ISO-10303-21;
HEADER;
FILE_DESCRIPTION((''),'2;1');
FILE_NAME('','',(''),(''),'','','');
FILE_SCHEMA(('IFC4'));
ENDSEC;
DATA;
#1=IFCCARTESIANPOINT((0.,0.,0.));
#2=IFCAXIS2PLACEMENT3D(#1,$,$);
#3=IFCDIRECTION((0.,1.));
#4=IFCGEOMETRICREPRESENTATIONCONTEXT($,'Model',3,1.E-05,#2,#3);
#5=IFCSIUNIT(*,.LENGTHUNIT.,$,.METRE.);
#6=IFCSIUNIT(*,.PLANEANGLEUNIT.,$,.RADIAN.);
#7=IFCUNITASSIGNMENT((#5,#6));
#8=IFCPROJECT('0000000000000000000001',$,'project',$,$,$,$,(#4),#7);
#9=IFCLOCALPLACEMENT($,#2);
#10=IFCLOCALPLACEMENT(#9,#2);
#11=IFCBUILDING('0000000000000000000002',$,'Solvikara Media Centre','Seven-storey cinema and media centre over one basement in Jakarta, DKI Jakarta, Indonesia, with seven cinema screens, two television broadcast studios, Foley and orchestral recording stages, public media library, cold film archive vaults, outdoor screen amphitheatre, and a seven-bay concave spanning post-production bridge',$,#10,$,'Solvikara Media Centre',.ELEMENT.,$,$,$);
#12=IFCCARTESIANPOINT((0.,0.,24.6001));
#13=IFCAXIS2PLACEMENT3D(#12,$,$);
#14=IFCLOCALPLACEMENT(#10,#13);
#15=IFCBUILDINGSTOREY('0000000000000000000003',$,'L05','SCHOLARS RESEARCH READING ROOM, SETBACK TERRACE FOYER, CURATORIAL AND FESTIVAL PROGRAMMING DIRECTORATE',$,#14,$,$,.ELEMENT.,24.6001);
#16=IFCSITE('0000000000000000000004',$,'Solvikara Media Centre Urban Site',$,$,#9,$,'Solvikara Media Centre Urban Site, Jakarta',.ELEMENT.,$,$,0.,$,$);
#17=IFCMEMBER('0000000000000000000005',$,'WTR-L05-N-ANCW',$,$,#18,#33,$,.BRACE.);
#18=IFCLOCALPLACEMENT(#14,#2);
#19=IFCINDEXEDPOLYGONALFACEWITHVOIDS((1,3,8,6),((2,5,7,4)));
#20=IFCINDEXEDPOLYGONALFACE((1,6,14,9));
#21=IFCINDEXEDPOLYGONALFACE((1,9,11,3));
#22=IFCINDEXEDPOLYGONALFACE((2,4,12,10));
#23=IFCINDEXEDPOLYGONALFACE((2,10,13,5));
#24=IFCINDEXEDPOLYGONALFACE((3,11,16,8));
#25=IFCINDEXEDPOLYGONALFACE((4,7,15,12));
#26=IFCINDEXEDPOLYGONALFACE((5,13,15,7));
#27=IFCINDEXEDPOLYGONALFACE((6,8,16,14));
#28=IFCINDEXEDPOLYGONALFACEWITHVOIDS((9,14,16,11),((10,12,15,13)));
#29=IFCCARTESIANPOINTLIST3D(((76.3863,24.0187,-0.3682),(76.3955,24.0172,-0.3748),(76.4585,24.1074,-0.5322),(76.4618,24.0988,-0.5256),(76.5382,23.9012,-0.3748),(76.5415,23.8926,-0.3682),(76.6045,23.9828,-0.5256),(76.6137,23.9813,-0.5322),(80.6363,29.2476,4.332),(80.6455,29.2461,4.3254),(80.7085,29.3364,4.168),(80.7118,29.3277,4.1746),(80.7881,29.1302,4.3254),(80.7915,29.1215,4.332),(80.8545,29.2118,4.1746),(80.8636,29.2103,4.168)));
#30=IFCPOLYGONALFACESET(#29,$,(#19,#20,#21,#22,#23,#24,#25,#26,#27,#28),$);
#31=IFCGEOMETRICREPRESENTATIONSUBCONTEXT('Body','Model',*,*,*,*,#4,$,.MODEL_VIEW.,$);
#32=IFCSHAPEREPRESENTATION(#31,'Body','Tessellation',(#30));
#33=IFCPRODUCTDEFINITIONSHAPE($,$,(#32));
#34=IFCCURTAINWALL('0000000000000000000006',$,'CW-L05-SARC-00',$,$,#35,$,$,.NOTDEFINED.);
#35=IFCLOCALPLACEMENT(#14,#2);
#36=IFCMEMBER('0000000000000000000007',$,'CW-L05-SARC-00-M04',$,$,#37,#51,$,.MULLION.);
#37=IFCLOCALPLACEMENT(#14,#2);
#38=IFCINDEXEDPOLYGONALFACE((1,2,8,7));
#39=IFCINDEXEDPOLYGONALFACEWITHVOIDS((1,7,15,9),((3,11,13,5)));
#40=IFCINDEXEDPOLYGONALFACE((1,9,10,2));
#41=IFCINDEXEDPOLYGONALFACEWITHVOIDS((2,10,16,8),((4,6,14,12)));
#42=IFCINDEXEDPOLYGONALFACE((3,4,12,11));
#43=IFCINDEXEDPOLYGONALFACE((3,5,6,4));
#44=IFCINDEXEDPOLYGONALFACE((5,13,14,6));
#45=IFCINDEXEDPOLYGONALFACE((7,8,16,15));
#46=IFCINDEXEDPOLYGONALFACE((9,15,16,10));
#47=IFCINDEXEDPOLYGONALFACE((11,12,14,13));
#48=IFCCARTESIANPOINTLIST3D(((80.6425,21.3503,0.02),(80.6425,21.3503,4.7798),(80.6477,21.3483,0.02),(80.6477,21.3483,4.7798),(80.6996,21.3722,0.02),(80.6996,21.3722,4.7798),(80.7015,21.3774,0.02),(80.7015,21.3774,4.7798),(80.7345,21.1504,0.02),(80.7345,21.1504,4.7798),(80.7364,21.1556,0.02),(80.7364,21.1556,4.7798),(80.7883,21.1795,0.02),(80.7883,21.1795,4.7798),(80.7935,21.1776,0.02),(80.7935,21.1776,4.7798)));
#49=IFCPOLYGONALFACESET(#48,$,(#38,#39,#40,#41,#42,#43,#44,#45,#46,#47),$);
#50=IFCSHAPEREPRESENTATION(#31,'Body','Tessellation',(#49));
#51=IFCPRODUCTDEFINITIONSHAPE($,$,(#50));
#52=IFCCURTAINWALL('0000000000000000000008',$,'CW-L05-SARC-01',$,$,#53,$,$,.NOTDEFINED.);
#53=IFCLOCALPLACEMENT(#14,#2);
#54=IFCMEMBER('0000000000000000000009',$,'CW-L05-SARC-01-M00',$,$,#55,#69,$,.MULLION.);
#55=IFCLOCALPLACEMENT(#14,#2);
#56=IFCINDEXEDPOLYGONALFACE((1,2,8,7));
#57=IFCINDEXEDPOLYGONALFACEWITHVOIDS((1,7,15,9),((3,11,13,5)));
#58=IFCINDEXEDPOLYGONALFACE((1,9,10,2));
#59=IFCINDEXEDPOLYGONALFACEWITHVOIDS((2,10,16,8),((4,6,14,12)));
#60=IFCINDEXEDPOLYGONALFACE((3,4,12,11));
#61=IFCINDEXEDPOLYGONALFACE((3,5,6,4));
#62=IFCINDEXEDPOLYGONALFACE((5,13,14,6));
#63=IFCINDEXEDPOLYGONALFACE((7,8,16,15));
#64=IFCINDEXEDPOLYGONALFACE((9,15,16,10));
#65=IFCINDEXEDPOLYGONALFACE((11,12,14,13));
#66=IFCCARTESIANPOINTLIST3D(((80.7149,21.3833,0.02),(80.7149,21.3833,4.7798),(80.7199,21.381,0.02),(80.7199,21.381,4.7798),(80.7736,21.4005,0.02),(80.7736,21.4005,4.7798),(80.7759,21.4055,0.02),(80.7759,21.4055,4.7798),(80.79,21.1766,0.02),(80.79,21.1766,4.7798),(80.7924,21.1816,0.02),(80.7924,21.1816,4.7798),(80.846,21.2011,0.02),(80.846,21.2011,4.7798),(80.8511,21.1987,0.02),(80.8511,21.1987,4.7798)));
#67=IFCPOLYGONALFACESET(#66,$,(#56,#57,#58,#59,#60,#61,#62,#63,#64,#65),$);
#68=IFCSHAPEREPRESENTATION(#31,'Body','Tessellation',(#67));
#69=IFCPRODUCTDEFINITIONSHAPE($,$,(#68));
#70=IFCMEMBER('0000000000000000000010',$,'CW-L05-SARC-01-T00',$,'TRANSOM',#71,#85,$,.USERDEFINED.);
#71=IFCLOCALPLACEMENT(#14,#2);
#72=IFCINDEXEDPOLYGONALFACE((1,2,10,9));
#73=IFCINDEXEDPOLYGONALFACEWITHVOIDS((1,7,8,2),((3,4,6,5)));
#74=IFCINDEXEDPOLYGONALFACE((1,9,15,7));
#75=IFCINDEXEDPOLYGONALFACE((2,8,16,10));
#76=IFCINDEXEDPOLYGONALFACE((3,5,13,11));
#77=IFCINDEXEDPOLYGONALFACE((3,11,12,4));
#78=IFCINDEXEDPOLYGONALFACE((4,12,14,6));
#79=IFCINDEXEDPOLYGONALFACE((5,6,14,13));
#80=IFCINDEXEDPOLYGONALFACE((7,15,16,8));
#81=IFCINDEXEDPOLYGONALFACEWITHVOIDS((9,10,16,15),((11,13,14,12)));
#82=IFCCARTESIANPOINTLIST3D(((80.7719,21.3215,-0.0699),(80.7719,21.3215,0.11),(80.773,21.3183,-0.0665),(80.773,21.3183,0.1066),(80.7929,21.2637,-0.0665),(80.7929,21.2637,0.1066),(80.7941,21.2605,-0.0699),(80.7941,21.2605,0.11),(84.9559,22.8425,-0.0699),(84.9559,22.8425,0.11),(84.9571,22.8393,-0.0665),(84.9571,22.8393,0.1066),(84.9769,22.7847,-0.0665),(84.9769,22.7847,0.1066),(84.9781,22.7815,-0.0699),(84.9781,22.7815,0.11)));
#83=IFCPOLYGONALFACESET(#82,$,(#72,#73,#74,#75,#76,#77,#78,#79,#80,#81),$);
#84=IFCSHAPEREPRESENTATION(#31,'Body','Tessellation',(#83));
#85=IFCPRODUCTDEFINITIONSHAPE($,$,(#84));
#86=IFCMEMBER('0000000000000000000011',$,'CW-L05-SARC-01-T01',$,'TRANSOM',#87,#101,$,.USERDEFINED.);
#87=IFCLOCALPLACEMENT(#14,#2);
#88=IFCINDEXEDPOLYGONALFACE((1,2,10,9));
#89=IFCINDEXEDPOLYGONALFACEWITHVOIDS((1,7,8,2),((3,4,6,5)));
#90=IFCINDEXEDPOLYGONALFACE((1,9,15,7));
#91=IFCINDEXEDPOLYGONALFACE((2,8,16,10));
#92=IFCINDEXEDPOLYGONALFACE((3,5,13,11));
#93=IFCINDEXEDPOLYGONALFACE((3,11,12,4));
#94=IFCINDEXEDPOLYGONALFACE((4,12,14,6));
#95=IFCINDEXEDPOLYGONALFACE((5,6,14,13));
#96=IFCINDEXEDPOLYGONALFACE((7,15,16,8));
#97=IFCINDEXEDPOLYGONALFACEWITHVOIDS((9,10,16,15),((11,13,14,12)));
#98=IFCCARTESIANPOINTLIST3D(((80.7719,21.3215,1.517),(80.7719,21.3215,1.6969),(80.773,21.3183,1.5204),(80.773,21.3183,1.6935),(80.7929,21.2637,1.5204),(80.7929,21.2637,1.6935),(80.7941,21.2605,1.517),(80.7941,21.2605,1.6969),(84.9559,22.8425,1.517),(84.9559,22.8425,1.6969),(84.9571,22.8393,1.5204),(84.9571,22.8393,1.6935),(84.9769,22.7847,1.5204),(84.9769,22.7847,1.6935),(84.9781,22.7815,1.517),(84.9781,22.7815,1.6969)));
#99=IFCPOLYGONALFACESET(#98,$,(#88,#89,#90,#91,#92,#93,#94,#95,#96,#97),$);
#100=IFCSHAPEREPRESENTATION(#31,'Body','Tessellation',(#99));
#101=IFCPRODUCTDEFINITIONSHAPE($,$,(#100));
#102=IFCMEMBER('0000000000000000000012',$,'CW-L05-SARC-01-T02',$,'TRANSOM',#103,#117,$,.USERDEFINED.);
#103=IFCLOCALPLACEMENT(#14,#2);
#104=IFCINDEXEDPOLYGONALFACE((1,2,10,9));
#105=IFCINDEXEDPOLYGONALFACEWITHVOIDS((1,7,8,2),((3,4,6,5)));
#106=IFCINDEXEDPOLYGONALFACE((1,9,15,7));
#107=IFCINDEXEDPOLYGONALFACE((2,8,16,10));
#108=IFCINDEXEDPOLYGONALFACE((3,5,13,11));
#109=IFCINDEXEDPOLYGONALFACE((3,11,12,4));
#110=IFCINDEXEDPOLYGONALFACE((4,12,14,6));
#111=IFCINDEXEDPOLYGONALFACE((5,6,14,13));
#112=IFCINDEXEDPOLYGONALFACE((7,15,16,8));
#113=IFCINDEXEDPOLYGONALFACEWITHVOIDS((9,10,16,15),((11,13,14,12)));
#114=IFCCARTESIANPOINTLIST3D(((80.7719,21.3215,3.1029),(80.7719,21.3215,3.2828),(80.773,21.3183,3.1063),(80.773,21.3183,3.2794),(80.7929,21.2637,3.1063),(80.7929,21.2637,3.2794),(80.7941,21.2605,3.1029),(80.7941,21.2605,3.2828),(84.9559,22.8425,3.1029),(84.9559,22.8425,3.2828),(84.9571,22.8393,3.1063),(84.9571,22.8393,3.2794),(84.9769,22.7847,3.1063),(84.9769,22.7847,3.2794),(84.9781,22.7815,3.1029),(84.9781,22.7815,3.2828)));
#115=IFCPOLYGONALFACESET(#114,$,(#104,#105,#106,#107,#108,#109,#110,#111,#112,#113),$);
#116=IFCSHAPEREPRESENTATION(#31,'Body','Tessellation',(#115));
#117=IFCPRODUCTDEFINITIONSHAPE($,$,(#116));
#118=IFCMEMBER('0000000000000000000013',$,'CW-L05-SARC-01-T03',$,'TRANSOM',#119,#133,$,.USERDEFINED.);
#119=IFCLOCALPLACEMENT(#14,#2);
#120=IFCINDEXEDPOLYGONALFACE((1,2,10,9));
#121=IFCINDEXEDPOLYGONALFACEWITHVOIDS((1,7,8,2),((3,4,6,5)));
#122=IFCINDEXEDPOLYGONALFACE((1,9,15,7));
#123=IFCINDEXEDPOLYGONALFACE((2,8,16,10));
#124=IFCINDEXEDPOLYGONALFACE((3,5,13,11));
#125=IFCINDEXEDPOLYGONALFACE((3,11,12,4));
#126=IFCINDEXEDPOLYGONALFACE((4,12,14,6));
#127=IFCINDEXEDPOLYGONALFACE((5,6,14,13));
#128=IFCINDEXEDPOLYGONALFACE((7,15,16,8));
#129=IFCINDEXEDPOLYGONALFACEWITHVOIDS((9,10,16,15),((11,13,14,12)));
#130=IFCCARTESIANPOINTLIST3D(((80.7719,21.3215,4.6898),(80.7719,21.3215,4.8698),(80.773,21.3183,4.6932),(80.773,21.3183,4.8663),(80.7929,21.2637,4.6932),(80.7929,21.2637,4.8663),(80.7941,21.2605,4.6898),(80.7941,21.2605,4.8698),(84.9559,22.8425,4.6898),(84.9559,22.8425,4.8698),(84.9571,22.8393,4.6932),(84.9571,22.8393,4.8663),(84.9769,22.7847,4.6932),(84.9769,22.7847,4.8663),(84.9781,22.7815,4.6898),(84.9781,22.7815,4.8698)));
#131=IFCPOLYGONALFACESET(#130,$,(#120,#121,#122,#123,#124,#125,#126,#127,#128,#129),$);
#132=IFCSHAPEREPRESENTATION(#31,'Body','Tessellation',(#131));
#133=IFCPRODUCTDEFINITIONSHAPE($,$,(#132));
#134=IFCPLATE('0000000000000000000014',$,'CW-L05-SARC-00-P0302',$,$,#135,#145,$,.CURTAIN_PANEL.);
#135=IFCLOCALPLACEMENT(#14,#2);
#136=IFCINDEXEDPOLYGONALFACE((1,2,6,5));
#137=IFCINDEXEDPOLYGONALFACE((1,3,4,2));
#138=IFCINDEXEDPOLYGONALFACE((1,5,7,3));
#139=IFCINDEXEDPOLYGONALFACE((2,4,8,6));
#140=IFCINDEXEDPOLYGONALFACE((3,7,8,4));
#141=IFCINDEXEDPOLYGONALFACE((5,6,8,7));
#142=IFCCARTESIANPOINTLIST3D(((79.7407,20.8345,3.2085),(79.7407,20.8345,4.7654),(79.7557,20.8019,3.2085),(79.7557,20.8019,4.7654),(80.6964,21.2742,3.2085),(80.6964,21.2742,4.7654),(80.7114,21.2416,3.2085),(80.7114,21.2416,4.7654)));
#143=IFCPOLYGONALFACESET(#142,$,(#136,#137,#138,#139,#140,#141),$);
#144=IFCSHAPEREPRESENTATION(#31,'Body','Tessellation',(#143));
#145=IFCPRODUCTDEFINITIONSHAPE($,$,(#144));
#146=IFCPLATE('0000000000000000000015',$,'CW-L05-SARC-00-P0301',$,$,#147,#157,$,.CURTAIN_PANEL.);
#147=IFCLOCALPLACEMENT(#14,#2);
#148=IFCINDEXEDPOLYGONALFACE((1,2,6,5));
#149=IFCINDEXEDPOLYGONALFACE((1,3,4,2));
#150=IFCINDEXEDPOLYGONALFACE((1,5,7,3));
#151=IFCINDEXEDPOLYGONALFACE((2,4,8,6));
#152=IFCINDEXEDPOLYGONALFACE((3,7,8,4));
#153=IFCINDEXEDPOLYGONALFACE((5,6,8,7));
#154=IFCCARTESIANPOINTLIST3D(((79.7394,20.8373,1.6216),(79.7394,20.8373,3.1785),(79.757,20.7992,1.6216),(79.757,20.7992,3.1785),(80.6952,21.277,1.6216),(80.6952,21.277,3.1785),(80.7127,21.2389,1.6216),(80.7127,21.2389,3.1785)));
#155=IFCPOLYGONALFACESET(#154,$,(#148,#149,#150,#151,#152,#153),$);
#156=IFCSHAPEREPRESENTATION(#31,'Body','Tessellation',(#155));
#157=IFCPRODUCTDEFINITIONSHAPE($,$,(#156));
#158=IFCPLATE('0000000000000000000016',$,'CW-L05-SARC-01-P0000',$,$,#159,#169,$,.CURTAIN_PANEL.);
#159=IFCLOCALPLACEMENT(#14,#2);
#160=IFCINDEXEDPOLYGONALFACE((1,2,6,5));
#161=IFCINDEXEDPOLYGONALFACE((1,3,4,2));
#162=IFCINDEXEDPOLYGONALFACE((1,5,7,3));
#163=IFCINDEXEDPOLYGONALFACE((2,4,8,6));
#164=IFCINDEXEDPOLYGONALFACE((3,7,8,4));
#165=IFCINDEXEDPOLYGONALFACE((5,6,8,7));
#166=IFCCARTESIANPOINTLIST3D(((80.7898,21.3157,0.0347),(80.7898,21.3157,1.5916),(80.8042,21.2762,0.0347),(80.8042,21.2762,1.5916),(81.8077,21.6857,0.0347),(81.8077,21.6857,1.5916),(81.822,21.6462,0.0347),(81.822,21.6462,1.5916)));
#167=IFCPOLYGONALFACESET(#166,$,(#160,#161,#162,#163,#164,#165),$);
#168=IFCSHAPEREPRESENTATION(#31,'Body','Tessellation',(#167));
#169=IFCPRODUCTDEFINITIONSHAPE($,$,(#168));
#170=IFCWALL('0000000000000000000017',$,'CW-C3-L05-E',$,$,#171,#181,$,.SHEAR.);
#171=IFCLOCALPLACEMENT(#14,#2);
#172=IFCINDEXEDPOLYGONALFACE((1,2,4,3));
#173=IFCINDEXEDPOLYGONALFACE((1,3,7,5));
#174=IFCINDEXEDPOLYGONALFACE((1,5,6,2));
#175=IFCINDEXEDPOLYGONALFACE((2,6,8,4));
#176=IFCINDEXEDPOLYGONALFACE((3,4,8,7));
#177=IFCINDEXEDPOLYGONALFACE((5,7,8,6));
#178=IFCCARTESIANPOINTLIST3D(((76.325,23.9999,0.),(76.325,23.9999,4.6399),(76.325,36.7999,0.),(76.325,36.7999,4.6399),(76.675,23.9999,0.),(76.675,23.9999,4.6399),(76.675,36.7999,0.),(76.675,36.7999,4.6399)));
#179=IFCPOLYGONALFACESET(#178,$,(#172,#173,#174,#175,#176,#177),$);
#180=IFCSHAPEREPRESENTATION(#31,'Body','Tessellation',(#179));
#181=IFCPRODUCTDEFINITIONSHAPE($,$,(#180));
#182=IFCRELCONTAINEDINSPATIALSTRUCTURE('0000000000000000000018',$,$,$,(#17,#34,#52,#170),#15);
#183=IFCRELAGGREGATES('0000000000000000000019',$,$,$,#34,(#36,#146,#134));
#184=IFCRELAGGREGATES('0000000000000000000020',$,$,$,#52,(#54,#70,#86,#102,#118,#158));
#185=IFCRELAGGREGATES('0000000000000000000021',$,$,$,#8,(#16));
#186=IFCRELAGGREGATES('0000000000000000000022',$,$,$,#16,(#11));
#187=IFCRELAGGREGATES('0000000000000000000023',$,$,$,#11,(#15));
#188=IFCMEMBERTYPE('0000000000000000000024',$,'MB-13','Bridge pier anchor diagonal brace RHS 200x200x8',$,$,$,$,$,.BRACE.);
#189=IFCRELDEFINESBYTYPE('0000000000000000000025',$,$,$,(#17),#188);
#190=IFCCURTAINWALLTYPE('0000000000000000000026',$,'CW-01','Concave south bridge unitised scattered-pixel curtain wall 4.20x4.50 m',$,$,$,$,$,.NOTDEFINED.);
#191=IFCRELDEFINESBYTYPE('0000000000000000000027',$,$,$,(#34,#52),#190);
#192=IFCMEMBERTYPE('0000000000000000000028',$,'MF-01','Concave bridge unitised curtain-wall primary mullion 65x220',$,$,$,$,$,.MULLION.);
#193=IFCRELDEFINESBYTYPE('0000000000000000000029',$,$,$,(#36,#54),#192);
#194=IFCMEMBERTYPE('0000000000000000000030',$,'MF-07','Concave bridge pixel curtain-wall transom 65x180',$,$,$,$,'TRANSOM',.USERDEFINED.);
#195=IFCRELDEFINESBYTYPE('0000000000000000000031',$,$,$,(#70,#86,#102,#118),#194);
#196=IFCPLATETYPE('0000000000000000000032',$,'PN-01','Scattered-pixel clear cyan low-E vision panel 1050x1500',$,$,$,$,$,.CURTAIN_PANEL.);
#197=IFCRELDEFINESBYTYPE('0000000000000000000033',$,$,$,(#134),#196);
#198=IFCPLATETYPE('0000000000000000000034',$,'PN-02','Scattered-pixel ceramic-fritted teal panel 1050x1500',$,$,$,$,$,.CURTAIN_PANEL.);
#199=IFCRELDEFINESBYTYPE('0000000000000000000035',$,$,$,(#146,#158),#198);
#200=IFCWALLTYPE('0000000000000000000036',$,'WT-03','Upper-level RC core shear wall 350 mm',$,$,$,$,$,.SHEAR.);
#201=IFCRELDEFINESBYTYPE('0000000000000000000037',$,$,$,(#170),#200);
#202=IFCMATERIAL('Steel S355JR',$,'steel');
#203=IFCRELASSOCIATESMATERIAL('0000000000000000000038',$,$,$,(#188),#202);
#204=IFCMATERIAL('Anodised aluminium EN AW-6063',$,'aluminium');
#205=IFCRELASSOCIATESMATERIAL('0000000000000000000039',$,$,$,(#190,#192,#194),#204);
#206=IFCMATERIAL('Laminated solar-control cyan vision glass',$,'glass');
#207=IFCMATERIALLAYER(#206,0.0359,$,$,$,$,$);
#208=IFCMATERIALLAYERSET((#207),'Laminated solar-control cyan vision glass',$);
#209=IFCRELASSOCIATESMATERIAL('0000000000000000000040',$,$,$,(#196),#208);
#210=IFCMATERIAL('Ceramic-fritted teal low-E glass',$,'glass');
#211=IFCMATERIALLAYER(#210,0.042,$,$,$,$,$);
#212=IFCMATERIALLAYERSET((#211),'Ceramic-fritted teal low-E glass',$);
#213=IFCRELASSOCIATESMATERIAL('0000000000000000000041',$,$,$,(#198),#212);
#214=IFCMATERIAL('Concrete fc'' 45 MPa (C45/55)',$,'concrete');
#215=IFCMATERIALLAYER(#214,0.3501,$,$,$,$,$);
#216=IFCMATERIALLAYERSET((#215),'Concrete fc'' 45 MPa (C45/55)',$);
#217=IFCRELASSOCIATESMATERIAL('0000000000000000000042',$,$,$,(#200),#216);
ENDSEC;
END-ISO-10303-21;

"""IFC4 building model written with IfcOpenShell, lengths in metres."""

from ifc_helpers import new_model, si_unit, direction, frame, frame_2d, origin, origin_2d, place, context, subcontext, project, spatial, rectangle, hollow_rectangle, extrude, material, layer, layer_set, material_profile, profile_set, type_object, element, aggregate, save


model = new_model("IFC4")

# Units and contexts
model_context = context("Model", 3, precision=1e-05, world=origin(), true_north=direction((0.0, 1.0)))
body_context = subcontext(model_context, "Body", "Model", "MODEL_VIEW")
ifc_project = project(units=[si_unit("LENGTHUNIT", "METRE"), si_unit("PLANEANGLEUNIT", "RADIAN")], contexts=[model_context])

# Site, building, storey
site_placement = place(None, origin())
site = spatial("IfcSite", under=ifc_project, at=site_placement, Name="Solvikara Media Centre Urban Site", LongName="Solvikara Media Centre Urban Site, Jakarta", CompositionType="ELEMENT", RefElevation=0.0)
building_placement = place(site_placement, origin())
building = spatial("IfcBuilding", under=site, at=building_placement, Name="Solvikara Media Centre", Description="Seven-storey cinema and media centre over one basement in Jakarta, DKI Jakarta, Indonesia, with seven cinema screens, two television broadcast studios, Foley and orchestral recording stages, public media library, cold film archive vaults, outdoor screen amphitheatre, and a seven-bay concave spanning post-production bridge", LongName="Solvikara Media Centre", CompositionType="ELEMENT")
storey_placement = place(building_placement, frame((0.0, 0.0, 24.6001)))
storey = spatial("IfcBuildingStorey", under=building, at=storey_placement, Name="L05", Description="SCHOLARS RESEARCH READING ROOM, SETBACK TERRACE FOYER, CURATORIAL AND FESTIVAL PROGRAMMING DIRECTORATE", CompositionType="ELEMENT", Elevation=24.6001)

# Shared definitions
ifc_material_1 = material(Name="Steel S355JR", Category="steel")

# Member
ifc_material_profile_1 = material_profile(ifc_material_1, hollow_rectangle(XDim=0.2, YDim=0.2, WallThickness=0.0081, at=origin_2d()), Name="RHS 200x200x8")
ifc_profile_set_1 = profile_set([ifc_material_profile_1], Name="Steel S355JR")
member_type_1 = type_object("IfcMemberType", Name="MB-13", Description="Bridge pier anchor diagonal brace RHS 200x200x8", PredefinedType="BRACE", material=ifc_profile_set_1)
member_1_placement = place(storey_placement, frame((76.5, 24.0, -0.4502), z_axis=(0.517306, 0.636469, 0.572103), x_axis=(-0.77601, 0.630721, 0.0)))
element("IfcMember", 1, at=member_1_placement, inside=storey, type_object=member_type_1, Name="WTR-L05-N-ANCW", PredefinedType="BRACE", context=body_context, shape_type="SweptSolid", body=[
    extrude(hollow_rectangle(XDim=0.2, YDim=0.2, WallThickness=0.0081, at=origin_2d()), origin(), (0.0, 0.0, 1.0), 8.2156),
])

# Curtain wall, member
ifc_material_2 = material(Name="Anodised aluminium EN AW-6063", Category="aluminium")
curtain_wall_type = type_object("IfcCurtainWallType", Name="CW-01", Description="Concave south bridge unitised scattered-pixel curtain wall 4.20x4.50 m", PredefinedType="NOTDEFINED", material=ifc_material_2)
curtain_wall_1_placement = place(storey_placement, origin())
curtain_wall_1 = element("IfcCurtainWall", 2, at=curtain_wall_1_placement, inside=storey, type_object=curtain_wall_type, Name="CW-L05-SARC-00", PredefinedType="NOTDEFINED")
ifc_material_profile_2 = material_profile(ifc_material_2, hollow_rectangle(XDim=0.0649, YDim=0.22, WallThickness=0.0039, at=origin_2d()), Name="ALU-M 65x220x4")
ifc_profile_set_2 = profile_set([ifc_material_profile_2], Name="Anodised aluminium EN AW-6063")
member_type_2 = type_object("IfcMemberType", Name="MF-01", Description="Concave bridge unitised curtain-wall primary mullion 65x220", PredefinedType="MULLION", material=ifc_profile_set_2)
member_2_placement = place(storey_placement, frame((80.718, 21.2639, 0.02), z_axis=(0.0, 0.0, 1.0), x_axis=(0.908464, 0.417962, 0.0)))
member_2 = element("IfcMember", 3, at=member_2_placement, type_object=member_type_2, Name="CW-L05-SARC-00-M04", PredefinedType="MULLION", context=body_context, shape_type="SweptSolid", body=[
    extrude(hollow_rectangle(XDim=0.0649, YDim=0.22, WallThickness=0.0039, at=origin_2d()), origin(), (0.0, 0.0, 1.0), 4.7598),
])

# Curtain wall, members
curtain_wall_2_placement = place(storey_placement, origin())
curtain_wall_2 = element("IfcCurtainWall", 4, at=curtain_wall_2_placement, inside=storey, type_object=curtain_wall_type, Name="CW-L05-SARC-01", PredefinedType="NOTDEFINED")
member_3_placement = place(storey_placement, frame((80.783, 21.291, 0.02), z_axis=(0.0, 0.0, 1.0), x_axis=(0.939824, 0.341659, 0.0)))
member_3 = element("IfcMember", 5, at=member_3_placement, type_object=member_type_2, Name="CW-L05-SARC-01-M00", PredefinedType="MULLION", context=body_context, shape_type="SweptSolid", body=[
    extrude(hollow_rectangle(XDim=0.0649, YDim=0.22, WallThickness=0.0039, at=origin_2d()), origin(), (0.0, 0.0, 1.0), 4.7598),
])
ifc_material_profile_3 = material_profile(ifc_material_2, hollow_rectangle(XDim=0.0649, YDim=0.1799, WallThickness=0.0034, at=origin_2d()), Name="ALU-T 65x180x3.5")
ifc_profile_set_3 = profile_set([ifc_material_profile_3], Name="Anodised aluminium EN AW-6063")
member_type_3 = type_object("IfcMemberType", Name="MF-07", Description="Concave bridge pixel curtain-wall transom 65x180", ElementType="TRANSOM", PredefinedType="USERDEFINED", material=ifc_profile_set_3)
member_4_placement = place(storey_placement, frame((80.783, 21.291, 0.02), z_axis=(0.939829, 0.341646, 0.0), x_axis=(-0.341646, 0.939829, 0.0)))
member_4 = element("IfcMember", 6, at=member_4_placement, type_object=member_type_3, Name="CW-L05-SARC-01-T00", ObjectType="TRANSOM", PredefinedType="USERDEFINED", context=body_context, shape_type="SweptSolid", body=[
    extrude(hollow_rectangle(XDim=0.0649, YDim=0.1799, WallThickness=0.0034, at=origin_2d()), origin(), (0.0, 0.0, 1.0), 4.4519),
])
member_5_placement = place(storey_placement, frame((80.783, 21.291, 1.6069), z_axis=(0.939829, 0.341646, 0.0), x_axis=(-0.341646, 0.939829, 0.0)))
member_5 = element("IfcMember", 7, at=member_5_placement, type_object=member_type_3, Name="CW-L05-SARC-01-T01", ObjectType="TRANSOM", PredefinedType="USERDEFINED", context=body_context, shape_type="SweptSolid", body=[
    extrude(hollow_rectangle(XDim=0.0649, YDim=0.1799, WallThickness=0.0034, at=origin_2d()), origin(), (0.0, 0.0, 1.0), 4.4519),
])
member_6_placement = place(storey_placement, frame((80.783, 21.291, 3.1929), z_axis=(0.939829, 0.341646, 0.0), x_axis=(-0.341646, 0.939829, 0.0)))
member_6 = element("IfcMember", 8, at=member_6_placement, type_object=member_type_3, Name="CW-L05-SARC-01-T02", ObjectType="TRANSOM", PredefinedType="USERDEFINED", context=body_context, shape_type="SweptSolid", body=[
    extrude(hollow_rectangle(XDim=0.0649, YDim=0.1799, WallThickness=0.0034, at=origin_2d()), origin(), (0.0, 0.0, 1.0), 4.4519),
])
member_7_placement = place(storey_placement, frame((80.783, 21.291, 4.7798), z_axis=(0.939829, 0.341646, 0.0), x_axis=(-0.341646, 0.939829, 0.0)))
member_7 = element("IfcMember", 9, at=member_7_placement, type_object=member_type_3, Name="CW-L05-SARC-01-T03", ObjectType="TRANSOM", PredefinedType="USERDEFINED", context=body_context, shape_type="SweptSolid", body=[
    extrude(hollow_rectangle(XDim=0.0649, YDim=0.1799, WallThickness=0.0034, at=origin_2d()), origin(), (0.0, 0.0, 1.0), 4.4519),
])

# Plates
ifc_material_3 = material(Name="Laminated solar-control cyan vision glass", Category="glass")
ifc_layer_1 = layer(ifc_material_3, 0.0359)
ifc_layer_set_1 = layer_set([ifc_layer_1], Name="Laminated solar-control cyan vision glass")
plate_type_1 = type_object("IfcPlateType", Name="PN-01", Description="Scattered-pixel clear cyan low-E vision panel 1050x1500", PredefinedType="CURTAIN_PANEL", material=ifc_layer_set_1)
plate_1_placement = place(storey_placement, frame((80.2261, 21.0381, 3.2085), z_axis=(0.0, 0.0, 1.0), x_axis=(0.908464, 0.417962, 0.0)))
plate_1 = element("IfcPlate", 10, at=plate_1_placement, type_object=plate_type_1, Name="CW-L05-SARC-00-P0302", PredefinedType="CURTAIN_PANEL", context=body_context, shape_type="SweptSolid", body=[
    extrude(rectangle(XDim=1.052, YDim=0.0359, at=origin_2d()), origin(), (0.0, 0.0, 1.0), 1.5569),
])
ifc_material_4 = material(Name="Ceramic-fritted teal low-E glass", Category="glass")
ifc_layer_2 = layer(ifc_material_4, 0.042)
ifc_layer_set_2 = layer_set([ifc_layer_2], Name="Ceramic-fritted teal low-E glass")
plate_type_2 = type_object("IfcPlateType", Name="PN-02", Description="Scattered-pixel ceramic-fritted teal panel 1050x1500", PredefinedType="CURTAIN_PANEL", material=ifc_layer_set_2)
plate_2_placement = place(storey_placement, frame((80.2261, 21.0381, 1.6216), z_axis=(0.0, 0.0, 1.0), x_axis=(0.908464, 0.417962, 0.0)))
plate_2 = element("IfcPlate", 11, at=plate_2_placement, type_object=plate_type_2, Name="CW-L05-SARC-00-P0301", PredefinedType="CURTAIN_PANEL", context=body_context, shape_type="SweptSolid", body=[
    extrude(rectangle(XDim=1.052, YDim=0.042, at=origin_2d()), origin(), (0.0, 0.0, 1.0), 1.5569),
])
aggregate(curtain_wall_1, [member_2, plate_2, plate_1])
plate_3_placement = place(storey_placement, frame((81.3059, 21.481, 0.0347), z_axis=(0.0, 0.0, 1.0), x_axis=(0.939824, 0.341659, 0.0)))
plate_3 = element("IfcPlate", 12, at=plate_3_placement, type_object=plate_type_2, Name="CW-L05-SARC-01-P0000", PredefinedType="CURTAIN_PANEL", context=body_context, shape_type="SweptSolid", body=[
    extrude(rectangle(XDim=1.083, YDim=0.042, at=origin_2d()), origin(), (0.0, 0.0, 1.0), 1.5569),
])
aggregate(curtain_wall_2, [member_3, member_4, member_5, member_6, member_7, plate_3])

# Wall
ifc_material_5 = material(Name="Concrete fc' 45 MPa (C45/55)", Category="concrete")
ifc_layer_3 = layer(ifc_material_5, 0.3501)
ifc_layer_set_3 = layer_set([ifc_layer_3], Name="Concrete fc' 45 MPa (C45/55)")
wall_type_1 = type_object("IfcWallType", Name="WT-03", Description="Upper-level RC core shear wall 350 mm", PredefinedType="SHEAR", material=ifc_layer_set_3)
wall_1_placement = place(storey_placement, frame((76.5, 24.0, 0.0), z_axis=(0.0, 0.0, 1.0), x_axis=(0.0, 1.0, 0.0)))
element("IfcWall", 13, at=wall_1_placement, inside=storey, type_object=wall_type_1, Name="CW-C3-L05-E", PredefinedType="SHEAR", context=body_context, shape_type="SweptSolid", body=[
    extrude(rectangle(XDim=12.8, YDim=0.3501, at=frame_2d((6.3999, 0.0))), origin(), (0.0, 0.0, 1.0), 4.6399),
])

save(model, "model.ifc")
